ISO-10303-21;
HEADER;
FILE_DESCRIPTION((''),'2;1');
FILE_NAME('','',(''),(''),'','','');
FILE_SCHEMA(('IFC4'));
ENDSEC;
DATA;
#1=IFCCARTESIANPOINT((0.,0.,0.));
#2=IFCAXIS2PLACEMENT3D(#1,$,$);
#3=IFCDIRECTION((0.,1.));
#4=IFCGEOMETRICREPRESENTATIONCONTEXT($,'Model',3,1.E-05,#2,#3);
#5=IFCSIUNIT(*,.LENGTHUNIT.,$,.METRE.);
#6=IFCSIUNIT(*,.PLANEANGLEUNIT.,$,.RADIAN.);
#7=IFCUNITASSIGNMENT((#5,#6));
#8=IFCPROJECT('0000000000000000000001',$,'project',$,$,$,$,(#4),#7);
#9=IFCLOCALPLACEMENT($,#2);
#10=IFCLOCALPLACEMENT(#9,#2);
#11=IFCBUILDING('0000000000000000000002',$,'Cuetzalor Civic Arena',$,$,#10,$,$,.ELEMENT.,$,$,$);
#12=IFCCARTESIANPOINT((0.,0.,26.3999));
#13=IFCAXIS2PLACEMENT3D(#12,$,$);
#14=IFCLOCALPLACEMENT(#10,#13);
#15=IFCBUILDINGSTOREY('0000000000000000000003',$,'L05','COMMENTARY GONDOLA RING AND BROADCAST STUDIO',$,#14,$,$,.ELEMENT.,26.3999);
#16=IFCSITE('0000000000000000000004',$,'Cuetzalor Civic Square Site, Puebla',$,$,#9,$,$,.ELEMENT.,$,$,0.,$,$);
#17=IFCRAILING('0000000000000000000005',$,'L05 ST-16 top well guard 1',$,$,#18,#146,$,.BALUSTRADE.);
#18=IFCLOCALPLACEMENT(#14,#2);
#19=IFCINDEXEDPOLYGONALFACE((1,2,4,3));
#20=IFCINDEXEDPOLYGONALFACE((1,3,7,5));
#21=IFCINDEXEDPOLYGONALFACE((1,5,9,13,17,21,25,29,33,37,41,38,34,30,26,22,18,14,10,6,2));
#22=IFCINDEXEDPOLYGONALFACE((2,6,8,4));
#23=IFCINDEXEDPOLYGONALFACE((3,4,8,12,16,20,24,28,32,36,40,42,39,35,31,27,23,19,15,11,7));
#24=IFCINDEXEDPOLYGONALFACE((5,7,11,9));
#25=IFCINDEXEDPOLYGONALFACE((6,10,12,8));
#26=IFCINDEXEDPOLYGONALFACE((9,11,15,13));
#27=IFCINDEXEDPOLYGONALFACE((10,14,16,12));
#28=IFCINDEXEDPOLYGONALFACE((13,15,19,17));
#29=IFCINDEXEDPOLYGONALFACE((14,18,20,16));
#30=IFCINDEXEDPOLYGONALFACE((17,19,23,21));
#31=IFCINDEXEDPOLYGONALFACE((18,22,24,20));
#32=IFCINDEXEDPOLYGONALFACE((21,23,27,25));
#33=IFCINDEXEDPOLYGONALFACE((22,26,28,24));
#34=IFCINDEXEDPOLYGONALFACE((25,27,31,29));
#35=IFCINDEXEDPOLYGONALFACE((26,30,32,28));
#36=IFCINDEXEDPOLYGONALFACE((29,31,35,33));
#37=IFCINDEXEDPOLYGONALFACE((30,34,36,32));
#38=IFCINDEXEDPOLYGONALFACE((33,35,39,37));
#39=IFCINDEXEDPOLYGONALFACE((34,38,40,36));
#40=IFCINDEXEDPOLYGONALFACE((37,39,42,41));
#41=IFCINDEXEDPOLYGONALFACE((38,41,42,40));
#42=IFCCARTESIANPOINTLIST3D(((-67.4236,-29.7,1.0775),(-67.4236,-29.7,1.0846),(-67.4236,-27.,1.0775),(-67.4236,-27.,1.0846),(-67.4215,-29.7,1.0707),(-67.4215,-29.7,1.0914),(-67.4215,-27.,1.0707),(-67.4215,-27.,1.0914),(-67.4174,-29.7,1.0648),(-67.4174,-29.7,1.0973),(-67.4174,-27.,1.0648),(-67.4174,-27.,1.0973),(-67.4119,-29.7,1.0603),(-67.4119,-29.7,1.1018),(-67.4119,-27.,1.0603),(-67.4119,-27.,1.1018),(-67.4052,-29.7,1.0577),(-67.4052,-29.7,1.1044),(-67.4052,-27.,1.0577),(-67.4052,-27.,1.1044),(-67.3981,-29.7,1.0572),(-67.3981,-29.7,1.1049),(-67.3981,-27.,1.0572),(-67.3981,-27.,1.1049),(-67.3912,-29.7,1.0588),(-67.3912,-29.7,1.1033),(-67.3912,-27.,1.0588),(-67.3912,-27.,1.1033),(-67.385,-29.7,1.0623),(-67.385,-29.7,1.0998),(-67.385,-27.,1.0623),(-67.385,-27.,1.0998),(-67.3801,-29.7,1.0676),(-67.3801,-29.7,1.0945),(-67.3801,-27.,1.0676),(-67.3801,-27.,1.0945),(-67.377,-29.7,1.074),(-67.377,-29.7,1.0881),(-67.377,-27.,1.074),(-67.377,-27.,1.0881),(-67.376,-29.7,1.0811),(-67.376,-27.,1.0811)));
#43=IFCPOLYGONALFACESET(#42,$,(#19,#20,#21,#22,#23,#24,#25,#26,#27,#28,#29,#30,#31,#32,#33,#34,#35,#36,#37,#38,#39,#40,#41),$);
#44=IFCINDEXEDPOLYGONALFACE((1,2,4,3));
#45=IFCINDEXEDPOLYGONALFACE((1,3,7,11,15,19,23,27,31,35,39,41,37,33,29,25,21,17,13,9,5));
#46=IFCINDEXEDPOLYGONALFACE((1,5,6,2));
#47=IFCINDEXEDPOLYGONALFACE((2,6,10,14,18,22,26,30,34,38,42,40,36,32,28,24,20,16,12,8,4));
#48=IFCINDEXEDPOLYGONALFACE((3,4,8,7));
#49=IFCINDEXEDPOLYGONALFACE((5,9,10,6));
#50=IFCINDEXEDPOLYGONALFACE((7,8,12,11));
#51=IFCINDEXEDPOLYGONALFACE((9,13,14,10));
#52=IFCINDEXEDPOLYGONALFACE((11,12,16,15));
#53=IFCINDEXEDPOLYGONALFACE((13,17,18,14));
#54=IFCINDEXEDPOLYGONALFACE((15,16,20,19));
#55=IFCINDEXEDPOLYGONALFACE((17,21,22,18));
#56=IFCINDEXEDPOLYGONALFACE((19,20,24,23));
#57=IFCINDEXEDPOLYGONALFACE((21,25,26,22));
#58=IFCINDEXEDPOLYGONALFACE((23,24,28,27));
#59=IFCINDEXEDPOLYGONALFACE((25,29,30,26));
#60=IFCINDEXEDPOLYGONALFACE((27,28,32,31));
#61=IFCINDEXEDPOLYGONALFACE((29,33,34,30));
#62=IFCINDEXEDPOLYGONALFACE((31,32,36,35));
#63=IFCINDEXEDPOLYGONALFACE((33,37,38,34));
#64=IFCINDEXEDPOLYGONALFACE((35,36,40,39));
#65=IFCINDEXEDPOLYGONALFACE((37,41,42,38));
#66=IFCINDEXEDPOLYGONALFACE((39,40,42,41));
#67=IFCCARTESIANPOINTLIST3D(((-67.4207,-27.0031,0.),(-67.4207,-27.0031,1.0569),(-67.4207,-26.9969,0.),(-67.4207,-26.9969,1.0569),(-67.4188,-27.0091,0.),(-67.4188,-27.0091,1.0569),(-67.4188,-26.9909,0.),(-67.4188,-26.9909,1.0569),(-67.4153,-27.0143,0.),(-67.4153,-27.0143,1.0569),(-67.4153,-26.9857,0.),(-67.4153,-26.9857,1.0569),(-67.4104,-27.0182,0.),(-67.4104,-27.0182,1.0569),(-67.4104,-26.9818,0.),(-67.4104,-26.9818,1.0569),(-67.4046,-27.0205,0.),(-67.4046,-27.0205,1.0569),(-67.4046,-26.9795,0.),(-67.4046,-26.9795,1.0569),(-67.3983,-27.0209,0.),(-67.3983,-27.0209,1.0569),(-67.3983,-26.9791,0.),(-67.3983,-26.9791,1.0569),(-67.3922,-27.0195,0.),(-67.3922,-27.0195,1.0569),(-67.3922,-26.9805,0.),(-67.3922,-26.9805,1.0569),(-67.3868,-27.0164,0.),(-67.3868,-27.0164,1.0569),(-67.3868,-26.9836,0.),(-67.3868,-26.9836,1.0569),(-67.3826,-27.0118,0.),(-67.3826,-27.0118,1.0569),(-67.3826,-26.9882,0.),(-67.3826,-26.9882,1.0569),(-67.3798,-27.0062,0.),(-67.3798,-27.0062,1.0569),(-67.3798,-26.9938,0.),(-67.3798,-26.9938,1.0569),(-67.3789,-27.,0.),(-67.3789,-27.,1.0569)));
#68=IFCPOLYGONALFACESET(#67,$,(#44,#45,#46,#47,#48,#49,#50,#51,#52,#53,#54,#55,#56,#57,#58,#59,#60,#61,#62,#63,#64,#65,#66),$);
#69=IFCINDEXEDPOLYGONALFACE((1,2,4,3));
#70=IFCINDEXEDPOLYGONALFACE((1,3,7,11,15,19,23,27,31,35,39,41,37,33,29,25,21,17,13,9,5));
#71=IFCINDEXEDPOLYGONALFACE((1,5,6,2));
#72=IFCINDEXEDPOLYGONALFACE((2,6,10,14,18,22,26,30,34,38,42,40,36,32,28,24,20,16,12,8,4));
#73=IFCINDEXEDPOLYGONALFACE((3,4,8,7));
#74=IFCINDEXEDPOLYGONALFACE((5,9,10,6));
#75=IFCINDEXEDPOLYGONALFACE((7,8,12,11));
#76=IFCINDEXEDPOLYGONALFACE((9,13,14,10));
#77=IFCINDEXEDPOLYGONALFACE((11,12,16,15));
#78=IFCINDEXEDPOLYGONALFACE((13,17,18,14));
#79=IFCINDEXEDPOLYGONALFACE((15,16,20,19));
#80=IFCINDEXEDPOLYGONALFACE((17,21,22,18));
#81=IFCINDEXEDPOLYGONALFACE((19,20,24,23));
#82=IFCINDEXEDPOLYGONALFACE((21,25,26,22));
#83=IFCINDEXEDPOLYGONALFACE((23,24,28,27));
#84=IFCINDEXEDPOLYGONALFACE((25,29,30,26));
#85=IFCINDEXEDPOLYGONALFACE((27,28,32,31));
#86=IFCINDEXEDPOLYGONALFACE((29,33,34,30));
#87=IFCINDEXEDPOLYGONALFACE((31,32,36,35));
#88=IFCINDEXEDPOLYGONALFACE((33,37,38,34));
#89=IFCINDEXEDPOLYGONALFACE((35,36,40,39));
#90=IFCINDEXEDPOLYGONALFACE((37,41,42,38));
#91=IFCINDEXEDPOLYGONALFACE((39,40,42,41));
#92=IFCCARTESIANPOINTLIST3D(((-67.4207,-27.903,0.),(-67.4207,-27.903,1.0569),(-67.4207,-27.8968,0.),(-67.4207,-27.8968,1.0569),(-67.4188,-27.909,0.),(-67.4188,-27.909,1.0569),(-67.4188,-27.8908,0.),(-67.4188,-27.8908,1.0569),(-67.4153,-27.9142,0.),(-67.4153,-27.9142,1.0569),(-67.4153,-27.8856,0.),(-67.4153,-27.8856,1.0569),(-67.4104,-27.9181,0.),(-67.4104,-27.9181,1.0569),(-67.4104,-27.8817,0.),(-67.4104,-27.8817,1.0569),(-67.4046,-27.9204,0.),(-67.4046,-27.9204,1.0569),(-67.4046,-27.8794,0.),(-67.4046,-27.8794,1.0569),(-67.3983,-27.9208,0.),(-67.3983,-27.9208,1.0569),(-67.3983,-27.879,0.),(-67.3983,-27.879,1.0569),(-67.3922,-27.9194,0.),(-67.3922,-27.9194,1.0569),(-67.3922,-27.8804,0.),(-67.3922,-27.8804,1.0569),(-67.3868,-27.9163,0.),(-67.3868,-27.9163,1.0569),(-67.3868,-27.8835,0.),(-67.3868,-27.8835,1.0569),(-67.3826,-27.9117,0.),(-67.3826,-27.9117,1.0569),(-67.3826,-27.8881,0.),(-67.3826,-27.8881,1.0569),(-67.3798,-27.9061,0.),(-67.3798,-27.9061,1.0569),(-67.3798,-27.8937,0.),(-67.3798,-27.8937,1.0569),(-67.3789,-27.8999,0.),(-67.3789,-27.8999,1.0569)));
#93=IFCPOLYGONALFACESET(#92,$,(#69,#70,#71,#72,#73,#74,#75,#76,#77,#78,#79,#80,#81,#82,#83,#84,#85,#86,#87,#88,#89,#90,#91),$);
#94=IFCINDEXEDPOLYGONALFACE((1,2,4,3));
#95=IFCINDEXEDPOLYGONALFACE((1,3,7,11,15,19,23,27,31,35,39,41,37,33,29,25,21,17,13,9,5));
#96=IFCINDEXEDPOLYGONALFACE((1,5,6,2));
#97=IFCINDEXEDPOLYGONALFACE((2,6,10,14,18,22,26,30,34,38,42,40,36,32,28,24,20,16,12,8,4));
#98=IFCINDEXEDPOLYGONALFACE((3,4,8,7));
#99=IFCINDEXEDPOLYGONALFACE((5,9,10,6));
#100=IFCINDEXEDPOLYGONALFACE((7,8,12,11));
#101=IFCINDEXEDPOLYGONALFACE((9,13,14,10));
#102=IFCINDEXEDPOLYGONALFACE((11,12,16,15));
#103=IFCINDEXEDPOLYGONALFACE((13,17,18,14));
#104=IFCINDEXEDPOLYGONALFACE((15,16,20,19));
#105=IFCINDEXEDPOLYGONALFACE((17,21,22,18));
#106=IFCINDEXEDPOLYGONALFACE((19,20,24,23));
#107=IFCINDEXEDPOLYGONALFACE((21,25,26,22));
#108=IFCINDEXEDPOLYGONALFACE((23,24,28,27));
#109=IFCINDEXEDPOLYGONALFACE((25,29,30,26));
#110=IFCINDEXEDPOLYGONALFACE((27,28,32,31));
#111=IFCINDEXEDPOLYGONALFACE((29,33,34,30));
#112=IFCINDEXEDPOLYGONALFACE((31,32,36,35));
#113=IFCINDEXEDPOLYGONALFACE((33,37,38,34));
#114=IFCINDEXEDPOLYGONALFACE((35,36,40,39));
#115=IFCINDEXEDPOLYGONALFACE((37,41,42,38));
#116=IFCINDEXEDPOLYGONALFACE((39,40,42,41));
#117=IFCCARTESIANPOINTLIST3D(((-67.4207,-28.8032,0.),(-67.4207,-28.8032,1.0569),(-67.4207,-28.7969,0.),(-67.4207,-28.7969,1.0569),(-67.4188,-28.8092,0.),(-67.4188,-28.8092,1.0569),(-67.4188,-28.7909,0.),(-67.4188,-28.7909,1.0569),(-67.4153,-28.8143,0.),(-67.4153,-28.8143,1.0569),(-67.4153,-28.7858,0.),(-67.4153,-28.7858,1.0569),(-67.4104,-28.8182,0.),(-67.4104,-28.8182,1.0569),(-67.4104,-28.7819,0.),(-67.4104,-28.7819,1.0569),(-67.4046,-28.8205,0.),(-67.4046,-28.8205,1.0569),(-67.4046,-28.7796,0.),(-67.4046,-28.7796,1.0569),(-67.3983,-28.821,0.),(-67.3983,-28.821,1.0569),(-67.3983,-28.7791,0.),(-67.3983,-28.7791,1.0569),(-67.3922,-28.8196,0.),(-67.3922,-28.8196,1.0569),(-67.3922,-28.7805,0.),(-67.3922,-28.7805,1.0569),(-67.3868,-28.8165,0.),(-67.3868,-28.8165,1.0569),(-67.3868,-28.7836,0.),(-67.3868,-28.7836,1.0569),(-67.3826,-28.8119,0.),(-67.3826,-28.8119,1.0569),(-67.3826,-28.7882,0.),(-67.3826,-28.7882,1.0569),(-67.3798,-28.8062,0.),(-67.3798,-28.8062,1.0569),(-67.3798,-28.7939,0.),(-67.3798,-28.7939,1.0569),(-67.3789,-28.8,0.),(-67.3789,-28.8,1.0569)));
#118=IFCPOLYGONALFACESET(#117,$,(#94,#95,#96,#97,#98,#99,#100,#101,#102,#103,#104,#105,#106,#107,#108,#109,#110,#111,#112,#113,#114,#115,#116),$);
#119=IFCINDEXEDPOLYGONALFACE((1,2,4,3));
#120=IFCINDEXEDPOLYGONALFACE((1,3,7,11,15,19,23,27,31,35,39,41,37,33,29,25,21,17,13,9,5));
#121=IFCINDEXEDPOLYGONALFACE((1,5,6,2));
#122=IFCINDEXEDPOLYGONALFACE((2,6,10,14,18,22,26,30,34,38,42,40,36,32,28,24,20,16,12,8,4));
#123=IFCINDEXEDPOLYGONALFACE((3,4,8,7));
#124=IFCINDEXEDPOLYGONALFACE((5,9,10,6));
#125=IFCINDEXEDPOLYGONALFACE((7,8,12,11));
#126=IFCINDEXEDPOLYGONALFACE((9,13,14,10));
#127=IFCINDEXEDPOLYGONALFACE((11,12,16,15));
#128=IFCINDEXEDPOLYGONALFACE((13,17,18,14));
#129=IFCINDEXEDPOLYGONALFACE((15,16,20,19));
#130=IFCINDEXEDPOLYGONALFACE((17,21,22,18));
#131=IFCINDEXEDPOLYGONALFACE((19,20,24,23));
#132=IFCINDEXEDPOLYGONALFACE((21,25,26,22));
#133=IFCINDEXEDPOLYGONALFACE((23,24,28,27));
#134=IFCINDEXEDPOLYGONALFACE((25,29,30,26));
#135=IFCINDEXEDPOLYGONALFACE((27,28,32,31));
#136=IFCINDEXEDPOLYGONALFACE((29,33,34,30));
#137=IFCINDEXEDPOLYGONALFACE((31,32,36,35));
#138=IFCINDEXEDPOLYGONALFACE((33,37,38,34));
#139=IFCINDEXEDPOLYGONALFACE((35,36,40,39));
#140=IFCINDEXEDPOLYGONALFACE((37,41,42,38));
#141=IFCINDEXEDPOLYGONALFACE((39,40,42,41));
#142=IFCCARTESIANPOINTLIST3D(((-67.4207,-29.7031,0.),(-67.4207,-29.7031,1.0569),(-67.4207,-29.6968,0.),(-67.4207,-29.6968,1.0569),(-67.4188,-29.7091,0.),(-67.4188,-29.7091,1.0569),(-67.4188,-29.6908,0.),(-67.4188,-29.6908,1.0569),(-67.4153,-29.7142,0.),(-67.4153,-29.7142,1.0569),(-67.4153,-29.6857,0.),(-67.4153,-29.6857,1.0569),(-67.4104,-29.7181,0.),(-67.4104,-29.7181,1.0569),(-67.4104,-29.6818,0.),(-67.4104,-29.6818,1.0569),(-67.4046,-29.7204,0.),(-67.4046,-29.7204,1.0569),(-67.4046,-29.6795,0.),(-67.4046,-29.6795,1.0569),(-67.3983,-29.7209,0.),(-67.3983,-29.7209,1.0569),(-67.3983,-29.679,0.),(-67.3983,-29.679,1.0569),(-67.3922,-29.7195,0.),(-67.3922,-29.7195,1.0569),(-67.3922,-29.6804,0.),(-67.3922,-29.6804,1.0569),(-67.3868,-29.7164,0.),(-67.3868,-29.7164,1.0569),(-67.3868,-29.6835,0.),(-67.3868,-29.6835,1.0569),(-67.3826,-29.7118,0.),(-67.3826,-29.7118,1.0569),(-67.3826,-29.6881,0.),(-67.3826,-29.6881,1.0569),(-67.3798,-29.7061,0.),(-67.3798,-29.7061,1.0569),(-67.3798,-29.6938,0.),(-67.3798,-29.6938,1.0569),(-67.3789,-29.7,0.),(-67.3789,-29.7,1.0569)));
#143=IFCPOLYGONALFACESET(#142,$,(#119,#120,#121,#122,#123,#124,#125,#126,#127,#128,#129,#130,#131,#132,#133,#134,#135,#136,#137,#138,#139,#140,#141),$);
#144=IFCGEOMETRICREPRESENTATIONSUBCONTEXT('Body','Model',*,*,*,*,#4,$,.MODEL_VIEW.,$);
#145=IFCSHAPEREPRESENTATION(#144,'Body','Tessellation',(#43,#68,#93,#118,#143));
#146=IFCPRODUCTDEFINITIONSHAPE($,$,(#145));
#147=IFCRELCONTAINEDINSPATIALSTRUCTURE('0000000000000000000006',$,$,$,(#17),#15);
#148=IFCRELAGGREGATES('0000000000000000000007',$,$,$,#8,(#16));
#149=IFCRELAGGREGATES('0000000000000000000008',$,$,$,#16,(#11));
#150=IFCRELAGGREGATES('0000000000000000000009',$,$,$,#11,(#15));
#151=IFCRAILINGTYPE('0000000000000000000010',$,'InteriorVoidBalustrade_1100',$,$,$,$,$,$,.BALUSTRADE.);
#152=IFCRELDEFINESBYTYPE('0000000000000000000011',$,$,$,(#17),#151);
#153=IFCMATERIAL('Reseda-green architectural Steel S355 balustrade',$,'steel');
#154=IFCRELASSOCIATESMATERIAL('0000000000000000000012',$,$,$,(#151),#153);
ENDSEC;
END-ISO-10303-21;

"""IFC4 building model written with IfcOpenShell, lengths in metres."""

from ifc_helpers import new_model, si_unit, direction, frame, origin, origin_2d, place, context, subcontext, project, spatial, circle, extrude, material, type_object, element, save


model = new_model("IFC4")

# Units and contexts
model_context = context("Model", 3, precision=1e-05, world=origin(), true_north=direction((0.0, 1.0)))
body_context = subcontext(model_context, "Body", "Model", "MODEL_VIEW")
ifc_project = project(units=[si_unit("LENGTHUNIT", "METRE"), si_unit("PLANEANGLEUNIT", "RADIAN")], contexts=[model_context])

# Site, building, storey
site_placement = place(None, origin())
site = spatial("IfcSite", under=ifc_project, at=site_placement, Name="Cuetzalor Civic Square Site, Puebla", CompositionType="ELEMENT", RefElevation=0.0)
building_placement = place(site_placement, origin())
building = spatial("IfcBuilding", under=site, at=building_placement, Name="Cuetzalor Civic Arena", CompositionType="ELEMENT")
storey_placement = place(building_placement, frame((0.0, 0.0, 26.3999)))
storey = spatial("IfcBuildingStorey", under=building, at=storey_placement, Name="L05", Description="COMMENTARY GONDOLA RING AND BROADCAST STUDIO", CompositionType="ELEMENT", Elevation=26.3999)

# Railing
ifc_material_1 = material(Name="Reseda-green architectural Steel S355 balustrade", Category="steel")
railing_type = type_object("IfcRailingType", Name="InteriorVoidBalustrade_1100", PredefinedType="BALUSTRADE", material=ifc_material_1)
railing_placement = place(storey_placement, frame((-67.3999, -27.0, 0.0)))
element("IfcRailing", 1, at=railing_placement, inside=storey, type_object=railing_type, Name="L05 ST-16 top well guard 1", PredefinedType="BALUSTRADE", context=body_context, shape_type="SweptSolid", body=[
    extrude(circle(Radius=0.0239, at=origin_2d()), frame((0.0, 0.0, 1.0811), z_axis=(0.0, -1.0, 0.0), x_axis=(1.0, 0.0, 0.0)), (0.0, 0.0, 1.0), 2.7),
    extrude(circle(Radius=0.021, at=origin_2d()), origin(), (0.0, 0.0, 1.0), 1.0569),
    extrude(circle(Radius=0.021, at=origin_2d()), frame((0.0, -0.8999, 0.0)), (0.0, 0.0, 1.0), 1.0569),
    extrude(circle(Radius=0.021, at=origin_2d()), frame((0.0, -1.8, 0.0)), (0.0, 0.0, 1.0), 1.0569),
    extrude(circle(Radius=0.021, at=origin_2d()), frame((0.0, -2.7, 0.0)), (0.0, 0.0, 1.0), 1.0569),
])

save(model, "model.ifc")
